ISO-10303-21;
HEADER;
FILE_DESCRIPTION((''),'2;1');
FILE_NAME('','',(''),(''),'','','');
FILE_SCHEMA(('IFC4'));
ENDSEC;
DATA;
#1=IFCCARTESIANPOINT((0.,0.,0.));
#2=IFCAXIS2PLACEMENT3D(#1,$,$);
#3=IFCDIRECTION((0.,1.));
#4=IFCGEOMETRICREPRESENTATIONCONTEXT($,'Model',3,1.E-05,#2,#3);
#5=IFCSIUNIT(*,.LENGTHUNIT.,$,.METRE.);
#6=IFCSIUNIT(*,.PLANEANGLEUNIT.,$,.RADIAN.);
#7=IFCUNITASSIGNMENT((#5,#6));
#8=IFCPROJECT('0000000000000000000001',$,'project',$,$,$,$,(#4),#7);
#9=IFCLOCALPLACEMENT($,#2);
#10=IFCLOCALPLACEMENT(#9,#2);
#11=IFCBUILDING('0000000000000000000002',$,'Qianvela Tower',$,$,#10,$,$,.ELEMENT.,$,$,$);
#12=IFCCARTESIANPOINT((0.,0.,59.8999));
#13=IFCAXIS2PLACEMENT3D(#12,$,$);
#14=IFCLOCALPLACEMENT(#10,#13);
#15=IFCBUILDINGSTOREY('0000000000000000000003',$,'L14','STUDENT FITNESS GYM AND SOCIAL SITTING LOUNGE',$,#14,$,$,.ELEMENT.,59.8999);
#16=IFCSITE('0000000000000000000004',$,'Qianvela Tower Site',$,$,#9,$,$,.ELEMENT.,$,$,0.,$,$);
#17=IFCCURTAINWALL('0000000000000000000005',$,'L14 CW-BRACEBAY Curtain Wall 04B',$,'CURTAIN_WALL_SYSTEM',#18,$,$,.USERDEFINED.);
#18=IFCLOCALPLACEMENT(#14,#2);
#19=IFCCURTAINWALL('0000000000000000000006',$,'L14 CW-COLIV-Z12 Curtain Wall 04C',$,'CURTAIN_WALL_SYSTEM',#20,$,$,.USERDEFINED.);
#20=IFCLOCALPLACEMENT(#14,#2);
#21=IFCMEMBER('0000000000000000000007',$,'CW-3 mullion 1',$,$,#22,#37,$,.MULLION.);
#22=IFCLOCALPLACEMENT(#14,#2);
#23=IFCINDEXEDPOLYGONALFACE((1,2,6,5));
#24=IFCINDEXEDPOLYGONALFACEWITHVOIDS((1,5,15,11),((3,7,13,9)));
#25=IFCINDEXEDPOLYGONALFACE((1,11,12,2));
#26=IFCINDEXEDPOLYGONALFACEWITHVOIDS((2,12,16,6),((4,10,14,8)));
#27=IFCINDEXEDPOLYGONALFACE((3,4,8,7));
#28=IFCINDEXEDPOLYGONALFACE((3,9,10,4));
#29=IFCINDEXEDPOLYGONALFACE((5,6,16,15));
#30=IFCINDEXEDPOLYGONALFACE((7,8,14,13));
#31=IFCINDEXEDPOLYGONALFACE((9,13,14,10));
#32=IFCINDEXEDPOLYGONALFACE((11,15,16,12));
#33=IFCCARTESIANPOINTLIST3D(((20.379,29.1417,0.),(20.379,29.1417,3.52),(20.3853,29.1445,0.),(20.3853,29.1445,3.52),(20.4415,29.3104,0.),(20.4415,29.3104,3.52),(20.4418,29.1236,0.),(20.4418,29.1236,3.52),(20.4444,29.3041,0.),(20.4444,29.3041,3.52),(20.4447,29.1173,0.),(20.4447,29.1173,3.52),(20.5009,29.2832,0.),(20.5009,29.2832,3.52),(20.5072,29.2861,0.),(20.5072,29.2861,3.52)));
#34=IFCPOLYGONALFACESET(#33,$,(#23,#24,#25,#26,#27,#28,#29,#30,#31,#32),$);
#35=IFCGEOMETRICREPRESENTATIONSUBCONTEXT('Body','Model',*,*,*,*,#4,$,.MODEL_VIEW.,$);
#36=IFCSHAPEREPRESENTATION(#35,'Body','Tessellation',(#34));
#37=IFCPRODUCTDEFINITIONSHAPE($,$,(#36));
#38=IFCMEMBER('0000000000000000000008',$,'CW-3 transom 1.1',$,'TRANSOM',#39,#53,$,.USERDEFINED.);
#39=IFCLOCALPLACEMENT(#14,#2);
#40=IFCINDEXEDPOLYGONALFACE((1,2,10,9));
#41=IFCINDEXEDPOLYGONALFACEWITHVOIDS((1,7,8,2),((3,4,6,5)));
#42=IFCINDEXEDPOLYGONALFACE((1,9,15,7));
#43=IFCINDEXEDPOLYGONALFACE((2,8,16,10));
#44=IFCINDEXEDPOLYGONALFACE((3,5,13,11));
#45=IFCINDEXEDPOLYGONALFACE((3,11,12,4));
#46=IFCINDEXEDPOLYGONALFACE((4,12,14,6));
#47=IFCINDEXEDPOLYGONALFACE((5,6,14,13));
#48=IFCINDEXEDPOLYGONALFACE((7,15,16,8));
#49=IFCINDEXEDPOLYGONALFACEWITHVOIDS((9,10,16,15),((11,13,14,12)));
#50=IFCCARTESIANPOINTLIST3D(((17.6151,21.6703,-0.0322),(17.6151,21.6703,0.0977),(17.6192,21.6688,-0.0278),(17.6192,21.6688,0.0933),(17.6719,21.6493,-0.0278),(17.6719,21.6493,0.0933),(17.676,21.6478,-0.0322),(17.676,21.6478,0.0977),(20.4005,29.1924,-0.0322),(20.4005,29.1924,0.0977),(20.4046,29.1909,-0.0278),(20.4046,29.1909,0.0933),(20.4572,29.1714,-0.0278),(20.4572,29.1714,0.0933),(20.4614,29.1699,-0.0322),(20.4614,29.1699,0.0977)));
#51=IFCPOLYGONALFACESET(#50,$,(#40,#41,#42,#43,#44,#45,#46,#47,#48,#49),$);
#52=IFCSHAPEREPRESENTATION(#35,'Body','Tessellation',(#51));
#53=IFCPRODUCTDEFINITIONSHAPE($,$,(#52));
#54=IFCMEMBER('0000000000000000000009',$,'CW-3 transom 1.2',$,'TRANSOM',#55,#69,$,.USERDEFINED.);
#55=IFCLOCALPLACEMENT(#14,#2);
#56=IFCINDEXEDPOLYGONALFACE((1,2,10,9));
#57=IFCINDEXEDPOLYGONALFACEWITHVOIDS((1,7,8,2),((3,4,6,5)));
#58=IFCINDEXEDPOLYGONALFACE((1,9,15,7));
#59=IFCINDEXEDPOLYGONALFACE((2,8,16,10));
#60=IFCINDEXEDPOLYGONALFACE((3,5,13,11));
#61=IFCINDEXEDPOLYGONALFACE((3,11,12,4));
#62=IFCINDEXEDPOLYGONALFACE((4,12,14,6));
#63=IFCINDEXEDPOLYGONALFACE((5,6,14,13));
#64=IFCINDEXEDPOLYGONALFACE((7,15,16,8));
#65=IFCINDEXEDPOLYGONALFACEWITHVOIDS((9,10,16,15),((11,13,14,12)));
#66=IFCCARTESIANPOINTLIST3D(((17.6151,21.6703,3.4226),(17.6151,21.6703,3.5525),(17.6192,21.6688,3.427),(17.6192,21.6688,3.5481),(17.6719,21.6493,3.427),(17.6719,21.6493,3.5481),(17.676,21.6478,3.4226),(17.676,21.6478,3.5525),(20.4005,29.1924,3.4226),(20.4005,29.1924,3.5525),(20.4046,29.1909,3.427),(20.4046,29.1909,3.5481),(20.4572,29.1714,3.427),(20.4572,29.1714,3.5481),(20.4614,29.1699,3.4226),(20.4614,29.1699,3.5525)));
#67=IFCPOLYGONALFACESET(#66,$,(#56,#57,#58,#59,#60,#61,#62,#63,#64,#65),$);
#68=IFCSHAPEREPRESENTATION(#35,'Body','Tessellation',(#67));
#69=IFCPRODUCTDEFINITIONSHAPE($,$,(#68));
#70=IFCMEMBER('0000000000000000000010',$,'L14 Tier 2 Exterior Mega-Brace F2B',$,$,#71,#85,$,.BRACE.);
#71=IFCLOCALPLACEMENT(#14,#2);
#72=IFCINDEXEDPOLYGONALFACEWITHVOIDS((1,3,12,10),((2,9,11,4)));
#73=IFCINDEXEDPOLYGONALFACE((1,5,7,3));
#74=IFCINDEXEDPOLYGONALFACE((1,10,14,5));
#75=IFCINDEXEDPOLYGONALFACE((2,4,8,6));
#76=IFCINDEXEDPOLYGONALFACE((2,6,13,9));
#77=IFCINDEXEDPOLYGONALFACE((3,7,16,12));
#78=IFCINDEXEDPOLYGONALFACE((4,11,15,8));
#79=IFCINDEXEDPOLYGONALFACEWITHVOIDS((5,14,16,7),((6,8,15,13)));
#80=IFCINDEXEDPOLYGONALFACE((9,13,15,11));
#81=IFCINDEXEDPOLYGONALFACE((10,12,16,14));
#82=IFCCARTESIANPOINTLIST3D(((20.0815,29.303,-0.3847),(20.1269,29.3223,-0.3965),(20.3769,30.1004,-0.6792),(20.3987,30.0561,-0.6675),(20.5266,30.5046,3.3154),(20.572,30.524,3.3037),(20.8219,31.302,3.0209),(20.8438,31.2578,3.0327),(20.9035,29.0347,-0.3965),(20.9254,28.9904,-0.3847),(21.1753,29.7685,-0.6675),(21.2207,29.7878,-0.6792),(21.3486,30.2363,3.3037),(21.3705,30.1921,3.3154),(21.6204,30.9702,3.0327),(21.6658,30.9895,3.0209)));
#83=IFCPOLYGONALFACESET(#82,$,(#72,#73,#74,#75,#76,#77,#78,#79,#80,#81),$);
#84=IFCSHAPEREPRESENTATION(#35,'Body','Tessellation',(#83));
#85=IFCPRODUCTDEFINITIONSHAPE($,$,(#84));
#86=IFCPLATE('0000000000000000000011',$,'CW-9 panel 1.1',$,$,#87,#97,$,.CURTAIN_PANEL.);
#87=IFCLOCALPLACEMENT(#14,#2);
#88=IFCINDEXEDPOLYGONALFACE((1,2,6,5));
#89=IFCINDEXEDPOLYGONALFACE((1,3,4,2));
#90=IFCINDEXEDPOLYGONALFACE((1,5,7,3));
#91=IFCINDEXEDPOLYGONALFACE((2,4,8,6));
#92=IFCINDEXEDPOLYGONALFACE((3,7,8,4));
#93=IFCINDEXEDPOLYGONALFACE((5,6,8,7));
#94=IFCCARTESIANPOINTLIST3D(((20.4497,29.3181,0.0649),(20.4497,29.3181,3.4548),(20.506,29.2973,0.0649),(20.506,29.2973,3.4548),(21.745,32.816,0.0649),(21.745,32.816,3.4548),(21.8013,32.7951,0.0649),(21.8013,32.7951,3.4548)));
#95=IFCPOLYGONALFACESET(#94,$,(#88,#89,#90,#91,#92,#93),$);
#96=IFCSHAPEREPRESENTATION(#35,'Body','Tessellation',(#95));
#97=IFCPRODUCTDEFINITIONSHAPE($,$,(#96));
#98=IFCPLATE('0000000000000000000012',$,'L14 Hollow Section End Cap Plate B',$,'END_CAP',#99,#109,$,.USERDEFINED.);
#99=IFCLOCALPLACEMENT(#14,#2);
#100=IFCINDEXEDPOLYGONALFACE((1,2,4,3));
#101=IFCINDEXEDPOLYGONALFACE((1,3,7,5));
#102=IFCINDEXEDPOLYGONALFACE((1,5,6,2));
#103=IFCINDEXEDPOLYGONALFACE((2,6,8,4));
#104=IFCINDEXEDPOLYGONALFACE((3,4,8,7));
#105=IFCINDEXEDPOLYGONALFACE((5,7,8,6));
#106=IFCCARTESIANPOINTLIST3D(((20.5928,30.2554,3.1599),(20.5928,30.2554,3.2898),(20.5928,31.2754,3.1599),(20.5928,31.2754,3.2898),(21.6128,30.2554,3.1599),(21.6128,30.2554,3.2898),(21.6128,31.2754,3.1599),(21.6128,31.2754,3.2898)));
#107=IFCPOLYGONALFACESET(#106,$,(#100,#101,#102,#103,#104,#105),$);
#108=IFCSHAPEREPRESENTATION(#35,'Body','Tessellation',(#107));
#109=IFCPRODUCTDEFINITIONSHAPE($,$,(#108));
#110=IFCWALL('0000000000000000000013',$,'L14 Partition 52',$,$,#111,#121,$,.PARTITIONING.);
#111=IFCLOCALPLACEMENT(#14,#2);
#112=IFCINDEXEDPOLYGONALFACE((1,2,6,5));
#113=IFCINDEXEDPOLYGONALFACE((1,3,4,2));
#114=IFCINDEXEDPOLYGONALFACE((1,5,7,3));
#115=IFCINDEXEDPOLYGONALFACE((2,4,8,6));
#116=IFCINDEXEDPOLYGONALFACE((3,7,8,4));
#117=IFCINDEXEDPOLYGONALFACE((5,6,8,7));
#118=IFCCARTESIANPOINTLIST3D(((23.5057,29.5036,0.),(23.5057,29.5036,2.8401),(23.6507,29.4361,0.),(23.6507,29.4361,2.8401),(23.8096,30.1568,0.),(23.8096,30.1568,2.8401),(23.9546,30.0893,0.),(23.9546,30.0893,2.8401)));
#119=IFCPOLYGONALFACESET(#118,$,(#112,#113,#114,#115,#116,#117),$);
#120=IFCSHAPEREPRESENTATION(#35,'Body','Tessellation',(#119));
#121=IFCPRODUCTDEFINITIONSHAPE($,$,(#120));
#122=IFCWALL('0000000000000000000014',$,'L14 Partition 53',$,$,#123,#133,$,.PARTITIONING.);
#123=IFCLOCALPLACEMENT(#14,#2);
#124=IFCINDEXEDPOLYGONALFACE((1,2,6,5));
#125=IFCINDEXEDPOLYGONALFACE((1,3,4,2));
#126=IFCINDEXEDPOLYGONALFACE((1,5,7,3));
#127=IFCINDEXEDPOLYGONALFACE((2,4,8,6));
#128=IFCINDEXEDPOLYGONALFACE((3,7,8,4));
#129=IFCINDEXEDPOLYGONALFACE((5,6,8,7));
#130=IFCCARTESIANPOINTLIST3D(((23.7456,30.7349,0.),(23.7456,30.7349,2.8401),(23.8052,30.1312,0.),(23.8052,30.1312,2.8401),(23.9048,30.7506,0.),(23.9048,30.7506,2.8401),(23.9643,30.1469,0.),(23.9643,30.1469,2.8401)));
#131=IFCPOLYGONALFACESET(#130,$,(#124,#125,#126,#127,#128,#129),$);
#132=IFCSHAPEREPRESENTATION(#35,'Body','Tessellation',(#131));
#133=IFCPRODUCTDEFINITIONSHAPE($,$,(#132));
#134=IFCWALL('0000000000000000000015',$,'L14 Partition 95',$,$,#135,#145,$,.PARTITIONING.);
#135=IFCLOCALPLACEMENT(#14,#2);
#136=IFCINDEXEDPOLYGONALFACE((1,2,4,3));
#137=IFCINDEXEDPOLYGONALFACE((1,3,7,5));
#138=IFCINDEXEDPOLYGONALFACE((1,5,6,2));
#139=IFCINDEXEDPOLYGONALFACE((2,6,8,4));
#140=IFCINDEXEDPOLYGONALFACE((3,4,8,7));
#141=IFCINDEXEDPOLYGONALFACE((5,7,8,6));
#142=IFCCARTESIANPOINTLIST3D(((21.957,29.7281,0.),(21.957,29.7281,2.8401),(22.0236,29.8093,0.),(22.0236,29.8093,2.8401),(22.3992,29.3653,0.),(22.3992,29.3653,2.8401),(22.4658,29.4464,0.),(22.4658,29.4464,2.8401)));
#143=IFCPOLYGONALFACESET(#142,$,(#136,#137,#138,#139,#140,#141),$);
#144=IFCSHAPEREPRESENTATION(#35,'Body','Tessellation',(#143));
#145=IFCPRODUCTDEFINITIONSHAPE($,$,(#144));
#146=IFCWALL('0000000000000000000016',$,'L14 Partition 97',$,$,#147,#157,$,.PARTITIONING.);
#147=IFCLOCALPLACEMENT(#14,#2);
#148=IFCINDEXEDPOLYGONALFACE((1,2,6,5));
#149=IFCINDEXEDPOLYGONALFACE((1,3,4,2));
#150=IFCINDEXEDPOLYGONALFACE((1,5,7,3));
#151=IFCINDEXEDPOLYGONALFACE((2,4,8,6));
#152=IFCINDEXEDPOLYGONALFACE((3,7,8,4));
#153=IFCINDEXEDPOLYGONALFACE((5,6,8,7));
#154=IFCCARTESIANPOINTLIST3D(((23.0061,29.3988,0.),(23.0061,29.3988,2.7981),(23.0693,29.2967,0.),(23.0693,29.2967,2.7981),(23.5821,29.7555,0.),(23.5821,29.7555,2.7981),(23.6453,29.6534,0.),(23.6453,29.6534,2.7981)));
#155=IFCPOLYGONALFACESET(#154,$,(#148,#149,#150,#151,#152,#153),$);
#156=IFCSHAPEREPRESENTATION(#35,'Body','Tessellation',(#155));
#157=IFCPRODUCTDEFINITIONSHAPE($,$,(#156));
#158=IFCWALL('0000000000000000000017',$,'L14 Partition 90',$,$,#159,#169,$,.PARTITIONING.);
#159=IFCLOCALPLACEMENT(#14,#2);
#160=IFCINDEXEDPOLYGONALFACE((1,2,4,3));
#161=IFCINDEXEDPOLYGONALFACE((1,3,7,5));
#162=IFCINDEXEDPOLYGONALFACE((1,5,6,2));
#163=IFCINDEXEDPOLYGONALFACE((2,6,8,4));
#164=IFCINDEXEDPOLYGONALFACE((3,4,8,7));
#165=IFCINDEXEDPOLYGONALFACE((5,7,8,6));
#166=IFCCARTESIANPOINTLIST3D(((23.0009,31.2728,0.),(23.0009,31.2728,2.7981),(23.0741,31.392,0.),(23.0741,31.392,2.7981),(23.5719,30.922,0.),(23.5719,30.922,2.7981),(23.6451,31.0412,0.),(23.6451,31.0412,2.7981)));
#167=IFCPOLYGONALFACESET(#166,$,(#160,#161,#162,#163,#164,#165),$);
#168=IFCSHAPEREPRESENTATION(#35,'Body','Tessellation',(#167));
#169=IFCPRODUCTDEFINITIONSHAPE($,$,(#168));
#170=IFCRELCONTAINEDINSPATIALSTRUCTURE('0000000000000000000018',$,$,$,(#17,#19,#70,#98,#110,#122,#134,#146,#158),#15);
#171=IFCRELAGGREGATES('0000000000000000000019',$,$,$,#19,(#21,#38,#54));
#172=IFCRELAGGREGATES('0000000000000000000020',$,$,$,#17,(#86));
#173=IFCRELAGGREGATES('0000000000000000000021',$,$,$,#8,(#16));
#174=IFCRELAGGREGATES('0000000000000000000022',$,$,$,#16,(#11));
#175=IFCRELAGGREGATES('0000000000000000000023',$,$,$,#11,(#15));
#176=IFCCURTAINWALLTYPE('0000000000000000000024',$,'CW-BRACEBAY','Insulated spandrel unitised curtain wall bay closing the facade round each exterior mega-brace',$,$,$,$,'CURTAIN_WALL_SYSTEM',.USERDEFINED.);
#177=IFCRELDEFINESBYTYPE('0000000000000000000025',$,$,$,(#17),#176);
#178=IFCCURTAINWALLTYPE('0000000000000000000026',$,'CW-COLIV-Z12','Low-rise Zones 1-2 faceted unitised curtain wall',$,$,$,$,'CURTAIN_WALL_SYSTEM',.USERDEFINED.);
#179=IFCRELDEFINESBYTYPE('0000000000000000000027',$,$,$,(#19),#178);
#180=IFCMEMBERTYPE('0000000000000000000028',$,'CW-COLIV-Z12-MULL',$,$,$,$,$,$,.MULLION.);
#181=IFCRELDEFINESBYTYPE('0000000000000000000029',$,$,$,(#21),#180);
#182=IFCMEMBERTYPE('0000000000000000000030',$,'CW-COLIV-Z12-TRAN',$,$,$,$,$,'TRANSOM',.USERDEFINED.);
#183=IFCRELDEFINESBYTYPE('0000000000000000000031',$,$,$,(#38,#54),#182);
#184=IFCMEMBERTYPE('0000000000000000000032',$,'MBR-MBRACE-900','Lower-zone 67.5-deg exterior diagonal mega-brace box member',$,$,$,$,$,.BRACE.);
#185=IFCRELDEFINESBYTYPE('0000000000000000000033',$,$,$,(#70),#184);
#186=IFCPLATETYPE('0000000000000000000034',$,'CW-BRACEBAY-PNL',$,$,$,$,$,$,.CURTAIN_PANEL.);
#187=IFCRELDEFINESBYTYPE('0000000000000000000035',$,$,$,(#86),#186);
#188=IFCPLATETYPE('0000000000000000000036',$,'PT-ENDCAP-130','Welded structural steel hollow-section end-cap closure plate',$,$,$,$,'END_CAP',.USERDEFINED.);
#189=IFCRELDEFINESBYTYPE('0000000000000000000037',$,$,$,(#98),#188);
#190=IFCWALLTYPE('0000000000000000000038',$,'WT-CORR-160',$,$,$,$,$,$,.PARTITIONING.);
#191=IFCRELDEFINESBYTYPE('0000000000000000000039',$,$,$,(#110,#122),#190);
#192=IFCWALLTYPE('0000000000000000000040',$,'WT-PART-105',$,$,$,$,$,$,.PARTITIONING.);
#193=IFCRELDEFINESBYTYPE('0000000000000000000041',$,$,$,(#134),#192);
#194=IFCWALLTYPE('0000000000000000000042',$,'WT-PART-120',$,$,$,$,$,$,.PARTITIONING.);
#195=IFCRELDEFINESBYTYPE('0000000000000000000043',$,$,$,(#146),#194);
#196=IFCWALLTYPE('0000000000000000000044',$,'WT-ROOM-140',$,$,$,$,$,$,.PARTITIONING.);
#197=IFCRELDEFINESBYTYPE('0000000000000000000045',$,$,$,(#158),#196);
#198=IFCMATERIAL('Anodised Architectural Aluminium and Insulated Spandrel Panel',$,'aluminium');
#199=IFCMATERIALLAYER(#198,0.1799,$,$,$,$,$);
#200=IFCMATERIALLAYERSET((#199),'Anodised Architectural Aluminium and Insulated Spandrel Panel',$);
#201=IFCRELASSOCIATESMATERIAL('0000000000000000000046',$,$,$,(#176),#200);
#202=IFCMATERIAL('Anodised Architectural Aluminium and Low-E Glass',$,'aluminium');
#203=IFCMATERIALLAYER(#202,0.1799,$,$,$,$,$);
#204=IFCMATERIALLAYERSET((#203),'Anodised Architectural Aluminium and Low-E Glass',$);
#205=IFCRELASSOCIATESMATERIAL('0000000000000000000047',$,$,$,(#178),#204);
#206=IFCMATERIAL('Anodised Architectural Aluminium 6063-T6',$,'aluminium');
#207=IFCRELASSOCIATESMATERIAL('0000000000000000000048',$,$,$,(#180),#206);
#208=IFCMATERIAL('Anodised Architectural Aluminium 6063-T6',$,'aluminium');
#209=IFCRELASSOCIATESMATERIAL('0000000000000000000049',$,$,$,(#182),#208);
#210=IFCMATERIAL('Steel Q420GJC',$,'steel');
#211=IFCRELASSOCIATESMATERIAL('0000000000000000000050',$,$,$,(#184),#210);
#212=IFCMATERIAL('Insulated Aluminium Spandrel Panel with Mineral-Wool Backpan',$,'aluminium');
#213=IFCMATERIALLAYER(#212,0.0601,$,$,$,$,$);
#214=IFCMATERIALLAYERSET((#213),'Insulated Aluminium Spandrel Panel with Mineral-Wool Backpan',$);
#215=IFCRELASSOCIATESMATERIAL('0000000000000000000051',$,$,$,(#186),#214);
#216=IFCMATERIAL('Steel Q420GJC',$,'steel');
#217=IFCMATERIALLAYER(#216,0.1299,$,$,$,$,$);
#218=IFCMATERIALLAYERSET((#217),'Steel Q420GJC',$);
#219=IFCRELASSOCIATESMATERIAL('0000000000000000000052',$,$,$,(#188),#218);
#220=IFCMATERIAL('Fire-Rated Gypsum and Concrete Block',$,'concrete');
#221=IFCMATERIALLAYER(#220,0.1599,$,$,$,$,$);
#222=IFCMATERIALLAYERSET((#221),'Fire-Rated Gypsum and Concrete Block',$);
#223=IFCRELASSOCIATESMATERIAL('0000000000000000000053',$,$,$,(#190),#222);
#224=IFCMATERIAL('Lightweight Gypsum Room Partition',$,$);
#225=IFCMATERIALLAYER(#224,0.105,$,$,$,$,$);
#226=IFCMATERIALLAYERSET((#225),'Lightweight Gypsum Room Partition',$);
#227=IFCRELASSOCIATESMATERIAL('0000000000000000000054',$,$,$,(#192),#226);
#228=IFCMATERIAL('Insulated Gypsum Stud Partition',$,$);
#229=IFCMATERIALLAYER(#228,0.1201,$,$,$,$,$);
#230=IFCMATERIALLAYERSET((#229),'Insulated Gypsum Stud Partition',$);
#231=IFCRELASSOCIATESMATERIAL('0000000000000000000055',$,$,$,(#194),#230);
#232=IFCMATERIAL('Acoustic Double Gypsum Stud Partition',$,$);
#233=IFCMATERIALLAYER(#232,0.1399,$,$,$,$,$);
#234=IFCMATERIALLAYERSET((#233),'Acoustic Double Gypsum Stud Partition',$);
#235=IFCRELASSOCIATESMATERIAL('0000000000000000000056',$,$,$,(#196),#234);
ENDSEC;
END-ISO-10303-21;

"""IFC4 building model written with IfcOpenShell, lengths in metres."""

from ifc_helpers import new_model, si_unit, direction, frame, frame_2d, origin, origin_2d, place, context, subcontext, project, spatial, rectangle, hollow_rectangle, extrude, material, layer, layer_set, material_profile, profile_set, type_object, element, aggregate, save


model = new_model("IFC4")

# Units and contexts
model_context = context("Model", 3, precision=1e-05, world=origin(), true_north=direction((0.0, 1.0)))
body_context = subcontext(model_context, "Body", "Model", "MODEL_VIEW")
ifc_project = project(units=[si_unit("LENGTHUNIT", "METRE"), si_unit("PLANEANGLEUNIT", "RADIAN")], contexts=[model_context])

# Site, building, storey
site_placement = place(None, origin())
site = spatial("IfcSite", under=ifc_project, at=site_placement, Name="Qianvela Tower Site", CompositionType="ELEMENT", RefElevation=0.0)
building_placement = place(site_placement, origin())
building = spatial("IfcBuilding", under=site, at=building_placement, Name="Qianvela Tower", CompositionType="ELEMENT")
storey_placement = place(building_placement, frame((0.0, 0.0, 59.8999)))
storey = spatial("IfcBuildingStorey", under=building, at=storey_placement, Name="L14", Description="STUDENT FITNESS GYM AND SOCIAL SITTING LOUNGE", CompositionType="ELEMENT", Elevation=59.8999)

# Curtain wall
ifc_material_1 = material(Name="Anodised Architectural Aluminium and Insulated Spandrel Panel", Category="aluminium")
ifc_layer_1 = layer(ifc_material_1, 0.1799)
ifc_layer_set_1 = layer_set([ifc_layer_1], Name="Anodised Architectural Aluminium and Insulated Spandrel Panel")
curtain_wall_type_1 = type_object("IfcCurtainWallType", Name="CW-BRACEBAY", Description="Insulated spandrel unitised curtain wall bay closing the facade round each exterior mega-brace", ElementType="CURTAIN_WALL_SYSTEM", PredefinedType="USERDEFINED", material=ifc_layer_set_1)
curtain_wall_1_placement = place(storey_placement, origin())
curtain_wall_1 = element("IfcCurtainWall", 1, at=curtain_wall_1_placement, inside=storey, type_object=curtain_wall_type_1, Name="L14 CW-BRACEBAY Curtain Wall 04B", ObjectType="CURTAIN_WALL_SYSTEM", PredefinedType="USERDEFINED")

# Curtain wall, members
ifc_material_2 = material(Name="Anodised Architectural Aluminium and Low-E Glass", Category="aluminium")
ifc_layer_2 = layer(ifc_material_2, 0.1799)
ifc_layer_set_2 = layer_set([ifc_layer_2], Name="Anodised Architectural Aluminium and Low-E Glass")
curtain_wall_type_2 = type_object("IfcCurtainWallType", Name="CW-COLIV-Z12", Description="Low-rise Zones 1-2 faceted unitised curtain wall", ElementType="CURTAIN_WALL_SYSTEM", PredefinedType="USERDEFINED", material=ifc_layer_set_2)
curtain_wall_2_placement = place(storey_placement, origin())
curtain_wall_2 = element("IfcCurtainWall", 2, at=curtain_wall_2_placement, inside=storey, type_object=curtain_wall_type_2, Name="L14 CW-COLIV-Z12 Curtain Wall 04C", ObjectType="CURTAIN_WALL_SYSTEM", PredefinedType="USERDEFINED")
ifc_material_3 = material(Name="Anodised Architectural Aluminium 6063-T6", Category="aluminium")
ifc_material_profile_1 = material_profile(ifc_material_3, hollow_rectangle(XDim=0.0701, YDim=0.1799, WallThickness=0.0049, at=origin_2d()), Name="ALU-MULL-70x180")
ifc_profile_set_1 = profile_set([ifc_material_profile_1], Name="Anodised Architectural Aluminium 6063-T6")
member_type_1 = type_object("IfcMemberType", Name="CW-COLIV-Z12-MULL", PredefinedType="MULLION", material=ifc_profile_set_1)
member_1_placement = place(storey_placement, frame((20.4431, 29.2139, 0.0), z_axis=(0.0, 0.0, 1.0), x_axis=(0.93777, -0.347257, 0.0)))
member_1 = element("IfcMember", 3, at=member_1_placement, type_object=member_type_1, Name="CW-3 mullion 1", PredefinedType="MULLION", context=body_context, shape_type="SweptSolid", body=[
    extrude(hollow_rectangle(XDim=0.0701, YDim=0.1799, WallThickness=0.0049, at=origin_2d()), origin(), (0.0, 0.0, 1.0), 3.52),
])
ifc_material_4 = material(Name="Anodised Architectural Aluminium 6063-T6", Category="aluminium")
ifc_material_profile_2 = material_profile(ifc_material_4, hollow_rectangle(XDim=0.0649, YDim=0.1299, WallThickness=0.0044, at=origin_2d()), Name="ALU-TRAN-65x130")
ifc_profile_set_2 = profile_set([ifc_material_profile_2], Name="Anodised Architectural Aluminium 6063-T6")
member_type_2 = type_object("IfcMemberType", Name="CW-COLIV-Z12-TRAN", ElementType="TRANSOM", PredefinedType="USERDEFINED", material=ifc_profile_set_2)
member_2_placement = place(storey_placement, frame((20.4309, 29.1812, 0.0327), z_axis=(-0.347248, -0.937773, 0.0), x_axis=(0.937773, -0.347248, 0.0)))
member_2 = element("IfcMember", 4, at=member_2_placement, type_object=member_type_2, Name="CW-3 transom 1.1", ObjectType="TRANSOM", PredefinedType="USERDEFINED", context=body_context, shape_type="SweptSolid", body=[
    extrude(hollow_rectangle(XDim=0.0649, YDim=0.1299, WallThickness=0.0044, at=origin_2d()), origin(), (0.0, 0.0, 1.0), 8.0212),
])
member_3_placement = place(storey_placement, frame((20.4309, 29.1812, 3.4875), z_axis=(-0.347248, -0.937773, 0.0), x_axis=(0.937773, -0.347248, 0.0)))
member_3 = element("IfcMember", 5, at=member_3_placement, type_object=member_type_2, Name="CW-3 transom 1.2", ObjectType="TRANSOM", PredefinedType="USERDEFINED", context=body_context, shape_type="SweptSolid", body=[
    extrude(hollow_rectangle(XDim=0.0649, YDim=0.1299, WallThickness=0.0044, at=origin_2d()), origin(), (0.0, 0.0, 1.0), 8.0212),
])
aggregate(curtain_wall_2, [member_1, member_2, member_3])

# Member
ifc_material_5 = material(Name="Steel Q420GJC", Category="steel")
ifc_material_profile_3 = material_profile(ifc_material_5, hollow_rectangle(XDim=0.8999, YDim=0.8999, WallThickness=0.0359, at=origin_2d()), Name="MBOX-900x900x36")
ifc_profile_set_3 = profile_set([ifc_material_profile_3], Name="Steel Q420GJC")
member_type_3 = type_object("IfcMemberType", Name="MBR-MBRACE-900", Description="Lower-zone 67.5-deg exterior diagonal mega-brace box member", PredefinedType="BRACE", material=ifc_profile_set_3)
member_4_placement = place(storey_placement, frame((20.6511, 29.5454, -0.532), z_axis=(0.11366, 0.306874, 0.944939), x_axis=(-0.937746, 0.347321, 0.0)))
element("IfcMember", 6, at=member_4_placement, inside=storey, type_object=member_type_3, Name="L14 Tier 2 Exterior Mega-Brace F2B", PredefinedType="BRACE", context=body_context, shape_type="SweptSolid", body=[
    extrude(hollow_rectangle(XDim=0.8999, YDim=0.8999, WallThickness=0.0359, at=origin_2d()), origin(), (0.0, 0.0, 1.0), 3.9158),
])

# Plates
ifc_material_6 = material(Name="Insulated Aluminium Spandrel Panel with Mineral-Wool Backpan", Category="aluminium")
ifc_layer_3 = layer(ifc_material_6, 0.0601)
ifc_layer_set_3 = layer_set([ifc_layer_3], Name="Insulated Aluminium Spandrel Panel with Mineral-Wool Backpan")
plate_type_1 = type_object("IfcPlateType", Name="CW-BRACEBAY-PNL", PredefinedType="CURTAIN_PANEL", material=ifc_layer_set_3)
plate_1_placement = place(storey_placement, frame((21.1255, 31.0566, 0.0649), z_axis=(0.0, 0.0, 1.0), x_axis=(-0.347262, -0.937768, 0.0)))
plate_1 = element("IfcPlate", 7, at=plate_1_placement, type_object=plate_type_1, Name="CW-9 panel 1.1", PredefinedType="CURTAIN_PANEL", context=body_context, shape_type="SweptSolid", body=[
    extrude(rectangle(XDim=3.73, YDim=0.0601, at=origin_2d()), origin(), (0.0, 0.0, 1.0), 3.3899),
])
aggregate(curtain_wall_1, [plate_1])
ifc_material_7 = material(Name="Steel Q420GJC", Category="steel")
ifc_layer_4 = layer(ifc_material_7, 0.1299)
ifc_layer_set_4 = layer_set([ifc_layer_4], Name="Steel Q420GJC")
plate_type_2 = type_object("IfcPlateType", Name="PT-ENDCAP-130", Description="Welded structural steel hollow-section end-cap closure plate", ElementType="END_CAP", PredefinedType="USERDEFINED", material=ifc_layer_set_4)
plate_2_placement = place(storey_placement, frame((21.1028, 30.7654, 3.1599), z_axis=(0.0, 0.0, 1.0), x_axis=(1.0, 0.0, 0.0)))
element("IfcPlate", 8, at=plate_2_placement, inside=storey, type_object=plate_type_2, Name="L14 Hollow Section End Cap Plate B", ObjectType="END_CAP", PredefinedType="USERDEFINED", context=body_context, shape_type="SweptSolid", body=[
    extrude(rectangle(XDim=1.02, YDim=1.02, at=origin_2d()), origin(), (0.0, 0.0, 1.0), 0.1299),
])

# Walls
ifc_material_8 = material(Name="Fire-Rated Gypsum and Concrete Block", Category="concrete")
ifc_layer_5 = layer(ifc_material_8, 0.1599)
ifc_layer_set_5 = layer_set([ifc_layer_5], Name="Fire-Rated Gypsum and Concrete Block")
wall_type_1 = type_object("IfcWallType", Name="WT-CORR-160", PredefinedType="PARTITIONING", material=ifc_layer_set_5)
wall_1_placement = place(storey_placement, frame((23.5781, 29.4697, 0.0), z_axis=(0.0, 0.0, 1.0), x_axis=(0.421828, 0.906676, 0.0)))
element("IfcWall", 9, at=wall_1_placement, inside=storey, type_object=wall_type_1, Name="L14 Partition 52", PredefinedType="PARTITIONING", context=body_context, shape_type="SweptSolid", body=[
    extrude(rectangle(XDim=0.7205, YDim=0.1599, at=frame_2d((0.3604, 0.0))), origin(), (0.0, 0.0, 1.0), 2.8401),
])
wall_2_placement = place(storey_placement, frame((23.8848, 30.1392, 0.0), z_axis=(0.0, 0.0, 1.0), x_axis=(-0.098189, 0.995168, 0.0)))
element("IfcWall", 10, at=wall_2_placement, inside=storey, type_object=wall_type_1, Name="L14 Partition 53", PredefinedType="PARTITIONING", context=body_context, shape_type="SweptSolid", body=[
    extrude(rectangle(XDim=0.6067, YDim=0.1599, at=frame_2d((0.3032, 0.0))), origin(), (0.0, 0.0, 1.0), 2.8401),
])
ifc_material_9 = material(Name="Lightweight Gypsum Room Partition")
ifc_layer_6 = layer(ifc_material_9, 0.105)
ifc_layer_set_6 = layer_set([ifc_layer_6], Name="Lightweight Gypsum Room Partition")
wall_type_2 = type_object("IfcWallType", Name="WT-PART-105", PredefinedType="PARTITIONING", material=ifc_layer_set_6)
wall_3_placement = place(storey_placement, frame((21.9902, 29.7688, 0.0), z_axis=(0.0, 0.0, 1.0), x_axis=(0.773063, -0.63433, 0.0)))
element("IfcWall", 11, at=wall_3_placement, inside=storey, type_object=wall_type_2, Name="L14 Partition 95", PredefinedType="PARTITIONING", context=body_context, shape_type="SweptSolid", body=[
    extrude(rectangle(XDim=0.572, YDim=0.105, at=frame_2d((0.2861, 0.0))), origin(), (0.0, 0.0, 1.0), 2.8401),
])
ifc_material_10 = material(Name="Insulated Gypsum Stud Partition")
ifc_layer_7 = layer(ifc_material_10, 0.1201)
ifc_layer_set_7 = layer_set([ifc_layer_7], Name="Insulated Gypsum Stud Partition")
wall_type_3 = type_object("IfcWallType", Name="WT-PART-120", PredefinedType="PARTITIONING", material=ifc_layer_set_7)
wall_4_placement = place(storey_placement, frame((23.0376, 29.3477, 0.0), z_axis=(0.0, 0.0, 1.0), x_axis=(0.850158, 0.526528, 0.0)))
element("IfcWall", 12, at=wall_4_placement, inside=storey, type_object=wall_type_3, Name="L14 Partition 97", PredefinedType="PARTITIONING", context=body_context, shape_type="SweptSolid", body=[
    extrude(rectangle(XDim=0.6775, YDim=0.1201, at=frame_2d((0.3389, 0.0))), origin(), (0.0, 0.0, 1.0), 2.7981),
])
ifc_material_11 = material(Name="Acoustic Double Gypsum Stud Partition")
ifc_layer_8 = layer(ifc_material_11, 0.1399)
ifc_layer_set_8 = layer_set([ifc_layer_8], Name="Acoustic Double Gypsum Stud Partition")
wall_type_4 = type_object("IfcWallType", Name="WT-ROOM-140", PredefinedType="PARTITIONING", material=ifc_layer_set_8)
wall_5_placement = place(storey_placement, frame((23.6084, 30.9817, 0.0), z_axis=(0.0, 0.0, 1.0), x_axis=(-0.852046, 0.523467, 0.0)))
element("IfcWall", 13, at=wall_5_placement, inside=storey, type_object=wall_type_4, Name="L14 Partition 90", PredefinedType="PARTITIONING", context=body_context, shape_type="SweptSolid", body=[
    extrude(rectangle(XDim=0.6702, YDim=0.1399, at=frame_2d((0.335, 0.0))), origin(), (0.0, 0.0, 1.0), 2.7981),
])

save(model, "model.ifc")
